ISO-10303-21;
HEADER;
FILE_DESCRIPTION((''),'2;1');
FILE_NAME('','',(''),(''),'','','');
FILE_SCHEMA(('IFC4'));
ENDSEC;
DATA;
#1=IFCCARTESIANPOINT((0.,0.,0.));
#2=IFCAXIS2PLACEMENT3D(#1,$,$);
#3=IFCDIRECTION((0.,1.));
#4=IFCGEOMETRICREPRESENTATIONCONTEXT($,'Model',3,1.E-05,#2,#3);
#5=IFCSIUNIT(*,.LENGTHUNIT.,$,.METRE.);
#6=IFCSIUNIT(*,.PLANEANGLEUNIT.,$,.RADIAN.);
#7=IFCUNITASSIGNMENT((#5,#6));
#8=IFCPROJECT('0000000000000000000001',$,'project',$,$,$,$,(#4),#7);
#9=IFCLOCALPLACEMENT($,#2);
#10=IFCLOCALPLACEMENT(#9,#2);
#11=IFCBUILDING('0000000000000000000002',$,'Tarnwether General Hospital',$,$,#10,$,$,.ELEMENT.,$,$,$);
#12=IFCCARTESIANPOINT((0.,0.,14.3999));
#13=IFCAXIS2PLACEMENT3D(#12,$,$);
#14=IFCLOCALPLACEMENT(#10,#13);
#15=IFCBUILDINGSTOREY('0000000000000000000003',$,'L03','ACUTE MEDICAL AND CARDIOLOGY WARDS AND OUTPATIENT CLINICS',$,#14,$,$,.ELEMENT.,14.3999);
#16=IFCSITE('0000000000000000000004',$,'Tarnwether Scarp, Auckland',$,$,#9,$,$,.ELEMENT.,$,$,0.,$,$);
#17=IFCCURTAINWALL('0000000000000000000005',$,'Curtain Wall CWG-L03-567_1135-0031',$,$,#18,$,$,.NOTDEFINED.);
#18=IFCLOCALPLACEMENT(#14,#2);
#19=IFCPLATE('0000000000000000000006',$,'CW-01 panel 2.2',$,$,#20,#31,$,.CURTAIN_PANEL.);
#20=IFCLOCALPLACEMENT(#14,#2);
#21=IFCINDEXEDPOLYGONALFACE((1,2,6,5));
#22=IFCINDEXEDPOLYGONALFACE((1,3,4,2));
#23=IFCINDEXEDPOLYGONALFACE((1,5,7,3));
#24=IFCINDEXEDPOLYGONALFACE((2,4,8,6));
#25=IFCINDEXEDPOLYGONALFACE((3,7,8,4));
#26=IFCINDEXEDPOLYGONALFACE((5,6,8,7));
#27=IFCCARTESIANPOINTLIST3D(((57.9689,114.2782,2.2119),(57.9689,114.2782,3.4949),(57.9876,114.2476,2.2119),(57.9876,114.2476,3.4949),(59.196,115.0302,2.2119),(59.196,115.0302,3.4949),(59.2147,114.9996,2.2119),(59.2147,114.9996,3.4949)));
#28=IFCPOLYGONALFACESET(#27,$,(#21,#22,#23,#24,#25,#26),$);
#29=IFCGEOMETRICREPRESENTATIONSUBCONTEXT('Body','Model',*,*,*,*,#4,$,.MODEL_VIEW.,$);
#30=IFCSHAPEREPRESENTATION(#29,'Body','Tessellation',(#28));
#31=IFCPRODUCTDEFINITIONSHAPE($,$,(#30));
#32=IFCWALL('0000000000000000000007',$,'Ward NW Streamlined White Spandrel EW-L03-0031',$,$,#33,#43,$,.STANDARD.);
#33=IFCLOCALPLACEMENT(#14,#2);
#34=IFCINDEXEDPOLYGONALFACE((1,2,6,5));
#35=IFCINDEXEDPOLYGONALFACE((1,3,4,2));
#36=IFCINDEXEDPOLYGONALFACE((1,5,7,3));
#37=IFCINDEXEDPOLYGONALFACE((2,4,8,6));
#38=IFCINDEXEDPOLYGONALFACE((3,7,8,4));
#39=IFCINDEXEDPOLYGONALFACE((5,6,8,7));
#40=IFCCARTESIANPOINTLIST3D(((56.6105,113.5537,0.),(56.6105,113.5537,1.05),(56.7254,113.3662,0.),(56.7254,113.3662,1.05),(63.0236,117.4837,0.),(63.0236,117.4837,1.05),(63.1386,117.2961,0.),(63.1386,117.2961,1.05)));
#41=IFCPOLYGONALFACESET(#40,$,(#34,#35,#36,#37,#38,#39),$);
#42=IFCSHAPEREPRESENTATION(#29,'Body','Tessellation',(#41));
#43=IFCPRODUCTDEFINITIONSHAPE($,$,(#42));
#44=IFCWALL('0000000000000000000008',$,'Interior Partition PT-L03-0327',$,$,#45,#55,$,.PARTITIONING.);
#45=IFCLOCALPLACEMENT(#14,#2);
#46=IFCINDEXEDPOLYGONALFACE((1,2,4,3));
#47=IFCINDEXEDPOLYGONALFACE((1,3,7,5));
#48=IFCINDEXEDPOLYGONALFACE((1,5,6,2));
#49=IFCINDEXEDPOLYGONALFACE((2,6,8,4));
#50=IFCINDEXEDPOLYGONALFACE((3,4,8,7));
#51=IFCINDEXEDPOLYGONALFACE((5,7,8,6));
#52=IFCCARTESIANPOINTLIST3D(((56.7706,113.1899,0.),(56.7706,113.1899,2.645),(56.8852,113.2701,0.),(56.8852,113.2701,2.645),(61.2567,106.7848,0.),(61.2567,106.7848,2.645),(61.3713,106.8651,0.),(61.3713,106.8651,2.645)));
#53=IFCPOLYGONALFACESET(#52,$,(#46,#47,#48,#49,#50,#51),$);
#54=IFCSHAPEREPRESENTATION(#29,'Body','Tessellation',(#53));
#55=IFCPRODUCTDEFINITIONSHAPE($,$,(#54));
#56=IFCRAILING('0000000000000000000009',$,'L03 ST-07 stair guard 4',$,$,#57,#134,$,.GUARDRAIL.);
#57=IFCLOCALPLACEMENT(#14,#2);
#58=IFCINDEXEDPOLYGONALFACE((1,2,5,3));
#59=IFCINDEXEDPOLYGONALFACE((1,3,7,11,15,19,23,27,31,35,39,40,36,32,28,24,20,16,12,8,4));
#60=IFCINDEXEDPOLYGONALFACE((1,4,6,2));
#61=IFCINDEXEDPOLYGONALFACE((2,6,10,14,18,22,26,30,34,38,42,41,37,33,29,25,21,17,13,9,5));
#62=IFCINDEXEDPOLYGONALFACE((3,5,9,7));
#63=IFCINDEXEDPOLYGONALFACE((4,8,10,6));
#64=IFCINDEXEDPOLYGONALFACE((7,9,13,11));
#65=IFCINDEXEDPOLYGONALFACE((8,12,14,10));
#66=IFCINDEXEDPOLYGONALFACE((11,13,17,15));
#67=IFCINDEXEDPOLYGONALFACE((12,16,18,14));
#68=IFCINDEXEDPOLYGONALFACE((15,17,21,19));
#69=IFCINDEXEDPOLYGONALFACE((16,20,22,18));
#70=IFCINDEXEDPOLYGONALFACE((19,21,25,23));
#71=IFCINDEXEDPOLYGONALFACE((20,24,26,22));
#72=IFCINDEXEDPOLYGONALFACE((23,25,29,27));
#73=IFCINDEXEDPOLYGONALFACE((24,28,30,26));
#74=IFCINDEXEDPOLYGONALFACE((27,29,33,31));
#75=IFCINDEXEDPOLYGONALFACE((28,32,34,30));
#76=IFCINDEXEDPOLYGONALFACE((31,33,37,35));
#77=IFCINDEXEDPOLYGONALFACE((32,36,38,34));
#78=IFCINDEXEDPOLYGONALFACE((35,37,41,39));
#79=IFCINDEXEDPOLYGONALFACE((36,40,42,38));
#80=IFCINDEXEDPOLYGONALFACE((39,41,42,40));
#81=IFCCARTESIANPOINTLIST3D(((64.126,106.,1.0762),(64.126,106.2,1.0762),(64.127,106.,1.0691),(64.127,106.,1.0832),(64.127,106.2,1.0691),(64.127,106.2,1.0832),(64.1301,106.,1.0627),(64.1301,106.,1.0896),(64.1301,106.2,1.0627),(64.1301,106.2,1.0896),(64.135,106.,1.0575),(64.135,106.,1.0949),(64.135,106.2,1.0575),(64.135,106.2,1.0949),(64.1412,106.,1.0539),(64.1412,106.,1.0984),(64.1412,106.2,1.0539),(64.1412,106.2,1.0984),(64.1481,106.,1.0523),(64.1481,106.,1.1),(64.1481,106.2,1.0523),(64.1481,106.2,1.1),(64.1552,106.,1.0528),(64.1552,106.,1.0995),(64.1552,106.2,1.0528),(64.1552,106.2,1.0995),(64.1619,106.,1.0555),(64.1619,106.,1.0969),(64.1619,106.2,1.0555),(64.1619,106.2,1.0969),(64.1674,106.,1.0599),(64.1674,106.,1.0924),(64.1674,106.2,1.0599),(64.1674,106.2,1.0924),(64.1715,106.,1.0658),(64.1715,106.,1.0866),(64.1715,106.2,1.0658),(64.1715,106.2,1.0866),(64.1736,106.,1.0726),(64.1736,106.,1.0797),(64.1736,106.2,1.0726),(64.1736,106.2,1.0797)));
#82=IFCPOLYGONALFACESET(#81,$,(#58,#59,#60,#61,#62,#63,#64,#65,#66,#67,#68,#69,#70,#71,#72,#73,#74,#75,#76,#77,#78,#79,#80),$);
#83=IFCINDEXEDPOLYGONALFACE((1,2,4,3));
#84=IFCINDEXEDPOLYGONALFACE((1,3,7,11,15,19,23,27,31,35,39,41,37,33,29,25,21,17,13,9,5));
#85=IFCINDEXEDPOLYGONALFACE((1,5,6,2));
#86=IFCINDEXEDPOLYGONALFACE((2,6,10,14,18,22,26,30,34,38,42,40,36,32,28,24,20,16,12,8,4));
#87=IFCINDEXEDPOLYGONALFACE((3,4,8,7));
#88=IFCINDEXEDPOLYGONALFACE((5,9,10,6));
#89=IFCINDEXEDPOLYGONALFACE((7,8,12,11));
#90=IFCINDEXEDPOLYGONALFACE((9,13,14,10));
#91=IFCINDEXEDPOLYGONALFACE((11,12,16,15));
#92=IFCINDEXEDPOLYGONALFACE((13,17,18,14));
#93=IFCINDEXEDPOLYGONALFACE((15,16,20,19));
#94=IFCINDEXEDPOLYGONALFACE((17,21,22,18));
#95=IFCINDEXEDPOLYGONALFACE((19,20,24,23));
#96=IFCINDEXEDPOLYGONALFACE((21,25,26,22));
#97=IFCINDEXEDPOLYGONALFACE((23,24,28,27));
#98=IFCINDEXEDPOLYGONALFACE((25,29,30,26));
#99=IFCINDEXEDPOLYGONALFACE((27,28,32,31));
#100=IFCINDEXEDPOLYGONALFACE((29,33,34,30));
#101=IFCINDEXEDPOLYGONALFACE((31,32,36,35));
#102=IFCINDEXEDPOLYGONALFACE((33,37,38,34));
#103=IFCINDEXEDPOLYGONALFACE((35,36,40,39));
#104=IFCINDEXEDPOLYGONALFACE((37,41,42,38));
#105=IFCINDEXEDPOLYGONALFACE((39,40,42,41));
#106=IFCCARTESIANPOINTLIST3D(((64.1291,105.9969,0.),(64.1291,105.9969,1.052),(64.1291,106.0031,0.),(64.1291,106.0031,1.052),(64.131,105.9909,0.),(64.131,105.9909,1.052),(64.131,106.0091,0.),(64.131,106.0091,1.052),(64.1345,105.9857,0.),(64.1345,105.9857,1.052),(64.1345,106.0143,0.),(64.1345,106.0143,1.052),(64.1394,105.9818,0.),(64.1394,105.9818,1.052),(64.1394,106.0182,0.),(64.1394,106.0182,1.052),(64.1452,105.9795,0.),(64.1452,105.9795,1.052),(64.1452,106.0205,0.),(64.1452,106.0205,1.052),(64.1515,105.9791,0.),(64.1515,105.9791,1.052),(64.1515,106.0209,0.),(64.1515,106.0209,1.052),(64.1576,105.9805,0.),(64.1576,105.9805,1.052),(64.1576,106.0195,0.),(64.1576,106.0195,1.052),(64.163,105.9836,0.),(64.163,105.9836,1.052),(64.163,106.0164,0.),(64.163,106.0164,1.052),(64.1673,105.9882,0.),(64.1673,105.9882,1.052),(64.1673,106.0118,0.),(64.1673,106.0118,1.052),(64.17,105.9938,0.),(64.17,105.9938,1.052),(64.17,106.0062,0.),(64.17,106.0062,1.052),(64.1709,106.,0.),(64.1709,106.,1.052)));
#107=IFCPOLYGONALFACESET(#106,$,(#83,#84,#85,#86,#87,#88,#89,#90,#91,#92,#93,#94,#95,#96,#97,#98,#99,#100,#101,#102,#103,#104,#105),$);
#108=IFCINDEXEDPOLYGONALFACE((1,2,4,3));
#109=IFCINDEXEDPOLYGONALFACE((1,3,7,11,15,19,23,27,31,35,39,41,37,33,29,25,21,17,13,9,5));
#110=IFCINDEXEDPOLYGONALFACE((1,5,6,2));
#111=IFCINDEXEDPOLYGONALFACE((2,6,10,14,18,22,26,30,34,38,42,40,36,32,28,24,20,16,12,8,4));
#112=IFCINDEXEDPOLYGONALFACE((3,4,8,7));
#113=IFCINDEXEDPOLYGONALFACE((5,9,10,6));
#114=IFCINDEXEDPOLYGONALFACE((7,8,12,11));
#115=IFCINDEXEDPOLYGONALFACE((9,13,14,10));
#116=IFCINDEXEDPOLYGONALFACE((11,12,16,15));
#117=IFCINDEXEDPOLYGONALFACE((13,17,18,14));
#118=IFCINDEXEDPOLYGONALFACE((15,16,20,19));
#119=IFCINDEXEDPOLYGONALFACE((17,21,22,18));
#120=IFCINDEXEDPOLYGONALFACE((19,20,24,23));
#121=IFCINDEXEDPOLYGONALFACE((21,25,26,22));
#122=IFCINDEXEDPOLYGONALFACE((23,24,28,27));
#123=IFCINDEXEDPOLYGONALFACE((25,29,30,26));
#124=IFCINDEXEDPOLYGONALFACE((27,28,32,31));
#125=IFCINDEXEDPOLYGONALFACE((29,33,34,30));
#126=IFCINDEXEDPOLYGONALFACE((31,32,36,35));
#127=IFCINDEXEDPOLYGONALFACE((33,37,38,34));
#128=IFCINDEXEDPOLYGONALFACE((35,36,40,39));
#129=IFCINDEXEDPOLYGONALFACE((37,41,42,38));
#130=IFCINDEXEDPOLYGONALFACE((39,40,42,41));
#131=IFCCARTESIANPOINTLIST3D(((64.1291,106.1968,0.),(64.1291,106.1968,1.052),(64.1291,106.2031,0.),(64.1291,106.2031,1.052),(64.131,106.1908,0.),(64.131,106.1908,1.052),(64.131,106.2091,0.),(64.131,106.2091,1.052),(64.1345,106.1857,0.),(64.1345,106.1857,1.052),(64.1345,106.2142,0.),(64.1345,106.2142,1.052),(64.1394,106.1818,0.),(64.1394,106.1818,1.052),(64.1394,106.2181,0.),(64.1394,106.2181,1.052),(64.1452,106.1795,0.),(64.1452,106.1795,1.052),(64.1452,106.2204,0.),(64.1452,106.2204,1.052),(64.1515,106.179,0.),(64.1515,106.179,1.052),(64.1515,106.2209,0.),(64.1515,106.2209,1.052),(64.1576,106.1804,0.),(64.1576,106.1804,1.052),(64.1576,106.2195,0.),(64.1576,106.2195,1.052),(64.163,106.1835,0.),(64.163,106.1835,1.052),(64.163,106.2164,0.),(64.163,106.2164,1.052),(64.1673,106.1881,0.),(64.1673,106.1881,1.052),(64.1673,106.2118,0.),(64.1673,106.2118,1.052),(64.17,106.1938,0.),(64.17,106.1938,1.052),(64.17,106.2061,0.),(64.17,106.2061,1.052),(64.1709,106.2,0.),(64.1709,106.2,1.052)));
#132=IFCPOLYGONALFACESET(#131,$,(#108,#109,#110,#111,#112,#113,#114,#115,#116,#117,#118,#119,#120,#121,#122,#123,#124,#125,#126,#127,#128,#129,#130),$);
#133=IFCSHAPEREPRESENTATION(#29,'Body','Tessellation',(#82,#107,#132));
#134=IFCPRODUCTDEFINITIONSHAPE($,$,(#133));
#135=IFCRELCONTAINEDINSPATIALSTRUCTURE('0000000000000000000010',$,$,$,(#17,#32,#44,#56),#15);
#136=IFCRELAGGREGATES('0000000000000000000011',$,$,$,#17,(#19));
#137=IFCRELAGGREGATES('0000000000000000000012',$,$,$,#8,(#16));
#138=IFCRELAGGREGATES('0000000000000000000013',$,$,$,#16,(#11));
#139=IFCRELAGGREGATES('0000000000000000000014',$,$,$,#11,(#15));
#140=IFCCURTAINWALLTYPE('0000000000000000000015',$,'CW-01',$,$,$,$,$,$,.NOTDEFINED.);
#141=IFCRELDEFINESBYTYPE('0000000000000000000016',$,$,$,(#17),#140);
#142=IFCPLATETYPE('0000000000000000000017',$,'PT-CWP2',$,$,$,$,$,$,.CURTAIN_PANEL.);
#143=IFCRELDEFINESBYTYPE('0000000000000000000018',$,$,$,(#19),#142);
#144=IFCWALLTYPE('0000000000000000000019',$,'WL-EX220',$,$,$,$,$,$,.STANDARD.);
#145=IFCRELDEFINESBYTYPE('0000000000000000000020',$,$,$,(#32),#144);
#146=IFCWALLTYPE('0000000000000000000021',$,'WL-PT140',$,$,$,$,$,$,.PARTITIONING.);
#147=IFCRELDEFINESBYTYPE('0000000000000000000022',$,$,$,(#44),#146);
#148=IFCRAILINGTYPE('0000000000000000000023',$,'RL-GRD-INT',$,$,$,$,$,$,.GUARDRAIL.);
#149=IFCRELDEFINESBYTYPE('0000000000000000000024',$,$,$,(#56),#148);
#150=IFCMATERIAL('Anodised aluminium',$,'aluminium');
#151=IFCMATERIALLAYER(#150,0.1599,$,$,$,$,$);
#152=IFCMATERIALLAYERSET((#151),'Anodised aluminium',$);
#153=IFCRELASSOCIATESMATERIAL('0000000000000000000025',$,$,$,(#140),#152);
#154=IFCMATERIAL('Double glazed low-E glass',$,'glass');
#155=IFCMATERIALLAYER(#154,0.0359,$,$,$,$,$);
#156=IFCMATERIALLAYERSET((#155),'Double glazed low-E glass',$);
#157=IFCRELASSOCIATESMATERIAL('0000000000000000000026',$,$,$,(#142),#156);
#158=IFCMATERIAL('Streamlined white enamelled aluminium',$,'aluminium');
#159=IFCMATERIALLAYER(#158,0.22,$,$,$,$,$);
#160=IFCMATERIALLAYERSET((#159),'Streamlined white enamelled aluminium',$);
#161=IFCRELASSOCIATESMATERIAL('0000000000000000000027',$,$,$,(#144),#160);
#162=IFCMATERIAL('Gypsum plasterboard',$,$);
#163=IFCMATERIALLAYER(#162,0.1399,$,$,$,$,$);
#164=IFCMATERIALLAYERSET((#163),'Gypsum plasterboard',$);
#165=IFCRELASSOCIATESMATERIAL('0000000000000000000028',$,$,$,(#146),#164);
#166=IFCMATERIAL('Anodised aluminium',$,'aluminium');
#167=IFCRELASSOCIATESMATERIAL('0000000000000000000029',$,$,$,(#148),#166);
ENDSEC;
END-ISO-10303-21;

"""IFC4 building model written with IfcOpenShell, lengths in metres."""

from ifc_helpers import new_model, si_unit, direction, frame, frame_2d, origin, origin_2d, place, context, subcontext, project, spatial, rectangle, circle, extrude, material, layer, layer_set, type_object, element, aggregate, save


model = new_model("IFC4")

# Units and contexts
model_context = context("Model", 3, precision=1e-05, world=origin(), true_north=direction((0.0, 1.0)))
body_context = subcontext(model_context, "Body", "Model", "MODEL_VIEW")
ifc_project = project(units=[si_unit("LENGTHUNIT", "METRE"), si_unit("PLANEANGLEUNIT", "RADIAN")], contexts=[model_context])

# Site, building, storey
site_placement = place(None, origin())
site = spatial("IfcSite", under=ifc_project, at=site_placement, Name="Tarnwether Scarp, Auckland", CompositionType="ELEMENT", RefElevation=0.0)
building_placement = place(site_placement, origin())
building = spatial("IfcBuilding", under=site, at=building_placement, Name="Tarnwether General Hospital", CompositionType="ELEMENT")
storey_placement = place(building_placement, frame((0.0, 0.0, 14.3999)))
storey = spatial("IfcBuildingStorey", under=building, at=storey_placement, Name="L03", Description="ACUTE MEDICAL AND CARDIOLOGY WARDS AND OUTPATIENT CLINICS", CompositionType="ELEMENT", Elevation=14.3999)

# Curtain wall
ifc_material_1 = material(Name="Anodised aluminium", Category="aluminium")
ifc_layer_1 = layer(ifc_material_1, 0.1599)
ifc_layer_set_1 = layer_set([ifc_layer_1], Name="Anodised aluminium")
curtain_wall_type_1 = type_object("IfcCurtainWallType", Name="CW-01", PredefinedType="NOTDEFINED", material=ifc_layer_set_1)
curtain_wall_1_placement = place(storey_placement, origin())
curtain_wall_1 = element("IfcCurtainWall", 1, at=curtain_wall_1_placement, inside=storey, type_object=curtain_wall_type_1, Name="Curtain Wall CWG-L03-567_1135-0031", PredefinedType="NOTDEFINED")

# Plate
ifc_material_2 = material(Name="Double glazed low-E glass", Category="glass")
ifc_layer_2 = layer(ifc_material_2, 0.0359)
ifc_layer_set_2 = layer_set([ifc_layer_2], Name="Double glazed low-E glass")
plate_type_1 = type_object("IfcPlateType", Name="PT-CWP2", PredefinedType="CURTAIN_PANEL", material=ifc_layer_set_2)
plate_1_placement = place(storey_placement, frame((58.5918, 114.6389, 2.2119), z_axis=(0.0, 0.0, 1.0), x_axis=(0.852634, 0.522509, 0.0)))
plate_1 = element("IfcPlate", 2, at=plate_1_placement, type_object=plate_type_1, Name="CW-01 panel 2.2", PredefinedType="CURTAIN_PANEL", context=body_context, shape_type="SweptSolid", body=[
    extrude(rectangle(XDim=1.4392, YDim=0.0359, at=origin_2d()), origin(), (0.0, 0.0, 1.0), 1.283),
])
aggregate(curtain_wall_1, [plate_1])

# Walls
ifc_material_3 = material(Name="Streamlined white enamelled aluminium", Category="aluminium")
ifc_layer_3 = layer(ifc_material_3, 0.22)
ifc_layer_set_3 = layer_set([ifc_layer_3], Name="Streamlined white enamelled aluminium")
wall_type_1 = type_object("IfcWallType", Name="WL-EX220", PredefinedType="STANDARD", material=ifc_layer_set_3)
wall_1_placement = place(storey_placement, frame((56.668, 113.46, 0.0), z_axis=(0.0, 0.0, 1.0), x_axis=(0.852641, 0.522497, 0.0)))
element("IfcWall", 3, at=wall_1_placement, inside=storey, type_object=wall_type_1, Name="Ward NW Streamlined White Spandrel EW-L03-0031", PredefinedType="STANDARD", context=body_context, shape_type="SweptSolid", body=[
    extrude(rectangle(XDim=7.5215, YDim=0.22, at=frame_2d((3.7607, 0.0))), origin(), (0.0, 0.0, 1.0), 1.05),
])
ifc_material_4 = material(Name="Gypsum plasterboard")
ifc_layer_4 = layer(ifc_material_4, 0.1399)
ifc_layer_set_4 = layer_set([ifc_layer_4], Name="Gypsum plasterboard")
wall_type_2 = type_object("IfcWallType", Name="WL-PT140", PredefinedType="PARTITIONING", material=ifc_layer_set_4)
wall_2_placement = place(storey_placement, frame((61.314, 106.825, 0.0), z_axis=(0.0, 0.0, 1.0), x_axis=(-0.573682, 0.819078, 0.0)))
element("IfcWall", 4, at=wall_2_placement, inside=storey, type_object=wall_type_2, Name="Interior Partition PT-L03-0327", PredefinedType="PARTITIONING", context=body_context, shape_type="SweptSolid", body=[
    extrude(rectangle(XDim=7.8198, YDim=0.1399, at=frame_2d((3.9099, 0.0))), origin(), (0.0, 0.0, 1.0), 2.645),
])

# Railing
ifc_material_5 = material(Name="Anodised aluminium", Category="aluminium")
railing_type = type_object("IfcRailingType", Name="RL-GRD-INT", PredefinedType="GUARDRAIL", material=ifc_material_5)
railing_placement = place(storey_placement, frame((64.1499, 106.0, 0.0)))
element("IfcRailing", 5, at=railing_placement, inside=storey, type_object=railing_type, Name="L03 ST-07 stair guard 4", PredefinedType="GUARDRAIL", context=body_context, shape_type="SweptSolid", body=[
    extrude(circle(Radius=0.0239, at=origin_2d()), frame((0.0, 0.0, 1.0762), z_axis=(0.0, 1.0, 0.0), x_axis=(-1.0, 0.0, 0.0)), (0.0, 0.0, 1.0), 0.2),
    extrude(circle(Radius=0.021, at=origin_2d()), origin(), (0.0, 0.0, 1.0), 1.052),
    extrude(circle(Radius=0.021, at=origin_2d()), frame((0.0, 0.2, 0.0)), (0.0, 0.0, 1.0), 1.052),
])

save(model, "model.ifc")
